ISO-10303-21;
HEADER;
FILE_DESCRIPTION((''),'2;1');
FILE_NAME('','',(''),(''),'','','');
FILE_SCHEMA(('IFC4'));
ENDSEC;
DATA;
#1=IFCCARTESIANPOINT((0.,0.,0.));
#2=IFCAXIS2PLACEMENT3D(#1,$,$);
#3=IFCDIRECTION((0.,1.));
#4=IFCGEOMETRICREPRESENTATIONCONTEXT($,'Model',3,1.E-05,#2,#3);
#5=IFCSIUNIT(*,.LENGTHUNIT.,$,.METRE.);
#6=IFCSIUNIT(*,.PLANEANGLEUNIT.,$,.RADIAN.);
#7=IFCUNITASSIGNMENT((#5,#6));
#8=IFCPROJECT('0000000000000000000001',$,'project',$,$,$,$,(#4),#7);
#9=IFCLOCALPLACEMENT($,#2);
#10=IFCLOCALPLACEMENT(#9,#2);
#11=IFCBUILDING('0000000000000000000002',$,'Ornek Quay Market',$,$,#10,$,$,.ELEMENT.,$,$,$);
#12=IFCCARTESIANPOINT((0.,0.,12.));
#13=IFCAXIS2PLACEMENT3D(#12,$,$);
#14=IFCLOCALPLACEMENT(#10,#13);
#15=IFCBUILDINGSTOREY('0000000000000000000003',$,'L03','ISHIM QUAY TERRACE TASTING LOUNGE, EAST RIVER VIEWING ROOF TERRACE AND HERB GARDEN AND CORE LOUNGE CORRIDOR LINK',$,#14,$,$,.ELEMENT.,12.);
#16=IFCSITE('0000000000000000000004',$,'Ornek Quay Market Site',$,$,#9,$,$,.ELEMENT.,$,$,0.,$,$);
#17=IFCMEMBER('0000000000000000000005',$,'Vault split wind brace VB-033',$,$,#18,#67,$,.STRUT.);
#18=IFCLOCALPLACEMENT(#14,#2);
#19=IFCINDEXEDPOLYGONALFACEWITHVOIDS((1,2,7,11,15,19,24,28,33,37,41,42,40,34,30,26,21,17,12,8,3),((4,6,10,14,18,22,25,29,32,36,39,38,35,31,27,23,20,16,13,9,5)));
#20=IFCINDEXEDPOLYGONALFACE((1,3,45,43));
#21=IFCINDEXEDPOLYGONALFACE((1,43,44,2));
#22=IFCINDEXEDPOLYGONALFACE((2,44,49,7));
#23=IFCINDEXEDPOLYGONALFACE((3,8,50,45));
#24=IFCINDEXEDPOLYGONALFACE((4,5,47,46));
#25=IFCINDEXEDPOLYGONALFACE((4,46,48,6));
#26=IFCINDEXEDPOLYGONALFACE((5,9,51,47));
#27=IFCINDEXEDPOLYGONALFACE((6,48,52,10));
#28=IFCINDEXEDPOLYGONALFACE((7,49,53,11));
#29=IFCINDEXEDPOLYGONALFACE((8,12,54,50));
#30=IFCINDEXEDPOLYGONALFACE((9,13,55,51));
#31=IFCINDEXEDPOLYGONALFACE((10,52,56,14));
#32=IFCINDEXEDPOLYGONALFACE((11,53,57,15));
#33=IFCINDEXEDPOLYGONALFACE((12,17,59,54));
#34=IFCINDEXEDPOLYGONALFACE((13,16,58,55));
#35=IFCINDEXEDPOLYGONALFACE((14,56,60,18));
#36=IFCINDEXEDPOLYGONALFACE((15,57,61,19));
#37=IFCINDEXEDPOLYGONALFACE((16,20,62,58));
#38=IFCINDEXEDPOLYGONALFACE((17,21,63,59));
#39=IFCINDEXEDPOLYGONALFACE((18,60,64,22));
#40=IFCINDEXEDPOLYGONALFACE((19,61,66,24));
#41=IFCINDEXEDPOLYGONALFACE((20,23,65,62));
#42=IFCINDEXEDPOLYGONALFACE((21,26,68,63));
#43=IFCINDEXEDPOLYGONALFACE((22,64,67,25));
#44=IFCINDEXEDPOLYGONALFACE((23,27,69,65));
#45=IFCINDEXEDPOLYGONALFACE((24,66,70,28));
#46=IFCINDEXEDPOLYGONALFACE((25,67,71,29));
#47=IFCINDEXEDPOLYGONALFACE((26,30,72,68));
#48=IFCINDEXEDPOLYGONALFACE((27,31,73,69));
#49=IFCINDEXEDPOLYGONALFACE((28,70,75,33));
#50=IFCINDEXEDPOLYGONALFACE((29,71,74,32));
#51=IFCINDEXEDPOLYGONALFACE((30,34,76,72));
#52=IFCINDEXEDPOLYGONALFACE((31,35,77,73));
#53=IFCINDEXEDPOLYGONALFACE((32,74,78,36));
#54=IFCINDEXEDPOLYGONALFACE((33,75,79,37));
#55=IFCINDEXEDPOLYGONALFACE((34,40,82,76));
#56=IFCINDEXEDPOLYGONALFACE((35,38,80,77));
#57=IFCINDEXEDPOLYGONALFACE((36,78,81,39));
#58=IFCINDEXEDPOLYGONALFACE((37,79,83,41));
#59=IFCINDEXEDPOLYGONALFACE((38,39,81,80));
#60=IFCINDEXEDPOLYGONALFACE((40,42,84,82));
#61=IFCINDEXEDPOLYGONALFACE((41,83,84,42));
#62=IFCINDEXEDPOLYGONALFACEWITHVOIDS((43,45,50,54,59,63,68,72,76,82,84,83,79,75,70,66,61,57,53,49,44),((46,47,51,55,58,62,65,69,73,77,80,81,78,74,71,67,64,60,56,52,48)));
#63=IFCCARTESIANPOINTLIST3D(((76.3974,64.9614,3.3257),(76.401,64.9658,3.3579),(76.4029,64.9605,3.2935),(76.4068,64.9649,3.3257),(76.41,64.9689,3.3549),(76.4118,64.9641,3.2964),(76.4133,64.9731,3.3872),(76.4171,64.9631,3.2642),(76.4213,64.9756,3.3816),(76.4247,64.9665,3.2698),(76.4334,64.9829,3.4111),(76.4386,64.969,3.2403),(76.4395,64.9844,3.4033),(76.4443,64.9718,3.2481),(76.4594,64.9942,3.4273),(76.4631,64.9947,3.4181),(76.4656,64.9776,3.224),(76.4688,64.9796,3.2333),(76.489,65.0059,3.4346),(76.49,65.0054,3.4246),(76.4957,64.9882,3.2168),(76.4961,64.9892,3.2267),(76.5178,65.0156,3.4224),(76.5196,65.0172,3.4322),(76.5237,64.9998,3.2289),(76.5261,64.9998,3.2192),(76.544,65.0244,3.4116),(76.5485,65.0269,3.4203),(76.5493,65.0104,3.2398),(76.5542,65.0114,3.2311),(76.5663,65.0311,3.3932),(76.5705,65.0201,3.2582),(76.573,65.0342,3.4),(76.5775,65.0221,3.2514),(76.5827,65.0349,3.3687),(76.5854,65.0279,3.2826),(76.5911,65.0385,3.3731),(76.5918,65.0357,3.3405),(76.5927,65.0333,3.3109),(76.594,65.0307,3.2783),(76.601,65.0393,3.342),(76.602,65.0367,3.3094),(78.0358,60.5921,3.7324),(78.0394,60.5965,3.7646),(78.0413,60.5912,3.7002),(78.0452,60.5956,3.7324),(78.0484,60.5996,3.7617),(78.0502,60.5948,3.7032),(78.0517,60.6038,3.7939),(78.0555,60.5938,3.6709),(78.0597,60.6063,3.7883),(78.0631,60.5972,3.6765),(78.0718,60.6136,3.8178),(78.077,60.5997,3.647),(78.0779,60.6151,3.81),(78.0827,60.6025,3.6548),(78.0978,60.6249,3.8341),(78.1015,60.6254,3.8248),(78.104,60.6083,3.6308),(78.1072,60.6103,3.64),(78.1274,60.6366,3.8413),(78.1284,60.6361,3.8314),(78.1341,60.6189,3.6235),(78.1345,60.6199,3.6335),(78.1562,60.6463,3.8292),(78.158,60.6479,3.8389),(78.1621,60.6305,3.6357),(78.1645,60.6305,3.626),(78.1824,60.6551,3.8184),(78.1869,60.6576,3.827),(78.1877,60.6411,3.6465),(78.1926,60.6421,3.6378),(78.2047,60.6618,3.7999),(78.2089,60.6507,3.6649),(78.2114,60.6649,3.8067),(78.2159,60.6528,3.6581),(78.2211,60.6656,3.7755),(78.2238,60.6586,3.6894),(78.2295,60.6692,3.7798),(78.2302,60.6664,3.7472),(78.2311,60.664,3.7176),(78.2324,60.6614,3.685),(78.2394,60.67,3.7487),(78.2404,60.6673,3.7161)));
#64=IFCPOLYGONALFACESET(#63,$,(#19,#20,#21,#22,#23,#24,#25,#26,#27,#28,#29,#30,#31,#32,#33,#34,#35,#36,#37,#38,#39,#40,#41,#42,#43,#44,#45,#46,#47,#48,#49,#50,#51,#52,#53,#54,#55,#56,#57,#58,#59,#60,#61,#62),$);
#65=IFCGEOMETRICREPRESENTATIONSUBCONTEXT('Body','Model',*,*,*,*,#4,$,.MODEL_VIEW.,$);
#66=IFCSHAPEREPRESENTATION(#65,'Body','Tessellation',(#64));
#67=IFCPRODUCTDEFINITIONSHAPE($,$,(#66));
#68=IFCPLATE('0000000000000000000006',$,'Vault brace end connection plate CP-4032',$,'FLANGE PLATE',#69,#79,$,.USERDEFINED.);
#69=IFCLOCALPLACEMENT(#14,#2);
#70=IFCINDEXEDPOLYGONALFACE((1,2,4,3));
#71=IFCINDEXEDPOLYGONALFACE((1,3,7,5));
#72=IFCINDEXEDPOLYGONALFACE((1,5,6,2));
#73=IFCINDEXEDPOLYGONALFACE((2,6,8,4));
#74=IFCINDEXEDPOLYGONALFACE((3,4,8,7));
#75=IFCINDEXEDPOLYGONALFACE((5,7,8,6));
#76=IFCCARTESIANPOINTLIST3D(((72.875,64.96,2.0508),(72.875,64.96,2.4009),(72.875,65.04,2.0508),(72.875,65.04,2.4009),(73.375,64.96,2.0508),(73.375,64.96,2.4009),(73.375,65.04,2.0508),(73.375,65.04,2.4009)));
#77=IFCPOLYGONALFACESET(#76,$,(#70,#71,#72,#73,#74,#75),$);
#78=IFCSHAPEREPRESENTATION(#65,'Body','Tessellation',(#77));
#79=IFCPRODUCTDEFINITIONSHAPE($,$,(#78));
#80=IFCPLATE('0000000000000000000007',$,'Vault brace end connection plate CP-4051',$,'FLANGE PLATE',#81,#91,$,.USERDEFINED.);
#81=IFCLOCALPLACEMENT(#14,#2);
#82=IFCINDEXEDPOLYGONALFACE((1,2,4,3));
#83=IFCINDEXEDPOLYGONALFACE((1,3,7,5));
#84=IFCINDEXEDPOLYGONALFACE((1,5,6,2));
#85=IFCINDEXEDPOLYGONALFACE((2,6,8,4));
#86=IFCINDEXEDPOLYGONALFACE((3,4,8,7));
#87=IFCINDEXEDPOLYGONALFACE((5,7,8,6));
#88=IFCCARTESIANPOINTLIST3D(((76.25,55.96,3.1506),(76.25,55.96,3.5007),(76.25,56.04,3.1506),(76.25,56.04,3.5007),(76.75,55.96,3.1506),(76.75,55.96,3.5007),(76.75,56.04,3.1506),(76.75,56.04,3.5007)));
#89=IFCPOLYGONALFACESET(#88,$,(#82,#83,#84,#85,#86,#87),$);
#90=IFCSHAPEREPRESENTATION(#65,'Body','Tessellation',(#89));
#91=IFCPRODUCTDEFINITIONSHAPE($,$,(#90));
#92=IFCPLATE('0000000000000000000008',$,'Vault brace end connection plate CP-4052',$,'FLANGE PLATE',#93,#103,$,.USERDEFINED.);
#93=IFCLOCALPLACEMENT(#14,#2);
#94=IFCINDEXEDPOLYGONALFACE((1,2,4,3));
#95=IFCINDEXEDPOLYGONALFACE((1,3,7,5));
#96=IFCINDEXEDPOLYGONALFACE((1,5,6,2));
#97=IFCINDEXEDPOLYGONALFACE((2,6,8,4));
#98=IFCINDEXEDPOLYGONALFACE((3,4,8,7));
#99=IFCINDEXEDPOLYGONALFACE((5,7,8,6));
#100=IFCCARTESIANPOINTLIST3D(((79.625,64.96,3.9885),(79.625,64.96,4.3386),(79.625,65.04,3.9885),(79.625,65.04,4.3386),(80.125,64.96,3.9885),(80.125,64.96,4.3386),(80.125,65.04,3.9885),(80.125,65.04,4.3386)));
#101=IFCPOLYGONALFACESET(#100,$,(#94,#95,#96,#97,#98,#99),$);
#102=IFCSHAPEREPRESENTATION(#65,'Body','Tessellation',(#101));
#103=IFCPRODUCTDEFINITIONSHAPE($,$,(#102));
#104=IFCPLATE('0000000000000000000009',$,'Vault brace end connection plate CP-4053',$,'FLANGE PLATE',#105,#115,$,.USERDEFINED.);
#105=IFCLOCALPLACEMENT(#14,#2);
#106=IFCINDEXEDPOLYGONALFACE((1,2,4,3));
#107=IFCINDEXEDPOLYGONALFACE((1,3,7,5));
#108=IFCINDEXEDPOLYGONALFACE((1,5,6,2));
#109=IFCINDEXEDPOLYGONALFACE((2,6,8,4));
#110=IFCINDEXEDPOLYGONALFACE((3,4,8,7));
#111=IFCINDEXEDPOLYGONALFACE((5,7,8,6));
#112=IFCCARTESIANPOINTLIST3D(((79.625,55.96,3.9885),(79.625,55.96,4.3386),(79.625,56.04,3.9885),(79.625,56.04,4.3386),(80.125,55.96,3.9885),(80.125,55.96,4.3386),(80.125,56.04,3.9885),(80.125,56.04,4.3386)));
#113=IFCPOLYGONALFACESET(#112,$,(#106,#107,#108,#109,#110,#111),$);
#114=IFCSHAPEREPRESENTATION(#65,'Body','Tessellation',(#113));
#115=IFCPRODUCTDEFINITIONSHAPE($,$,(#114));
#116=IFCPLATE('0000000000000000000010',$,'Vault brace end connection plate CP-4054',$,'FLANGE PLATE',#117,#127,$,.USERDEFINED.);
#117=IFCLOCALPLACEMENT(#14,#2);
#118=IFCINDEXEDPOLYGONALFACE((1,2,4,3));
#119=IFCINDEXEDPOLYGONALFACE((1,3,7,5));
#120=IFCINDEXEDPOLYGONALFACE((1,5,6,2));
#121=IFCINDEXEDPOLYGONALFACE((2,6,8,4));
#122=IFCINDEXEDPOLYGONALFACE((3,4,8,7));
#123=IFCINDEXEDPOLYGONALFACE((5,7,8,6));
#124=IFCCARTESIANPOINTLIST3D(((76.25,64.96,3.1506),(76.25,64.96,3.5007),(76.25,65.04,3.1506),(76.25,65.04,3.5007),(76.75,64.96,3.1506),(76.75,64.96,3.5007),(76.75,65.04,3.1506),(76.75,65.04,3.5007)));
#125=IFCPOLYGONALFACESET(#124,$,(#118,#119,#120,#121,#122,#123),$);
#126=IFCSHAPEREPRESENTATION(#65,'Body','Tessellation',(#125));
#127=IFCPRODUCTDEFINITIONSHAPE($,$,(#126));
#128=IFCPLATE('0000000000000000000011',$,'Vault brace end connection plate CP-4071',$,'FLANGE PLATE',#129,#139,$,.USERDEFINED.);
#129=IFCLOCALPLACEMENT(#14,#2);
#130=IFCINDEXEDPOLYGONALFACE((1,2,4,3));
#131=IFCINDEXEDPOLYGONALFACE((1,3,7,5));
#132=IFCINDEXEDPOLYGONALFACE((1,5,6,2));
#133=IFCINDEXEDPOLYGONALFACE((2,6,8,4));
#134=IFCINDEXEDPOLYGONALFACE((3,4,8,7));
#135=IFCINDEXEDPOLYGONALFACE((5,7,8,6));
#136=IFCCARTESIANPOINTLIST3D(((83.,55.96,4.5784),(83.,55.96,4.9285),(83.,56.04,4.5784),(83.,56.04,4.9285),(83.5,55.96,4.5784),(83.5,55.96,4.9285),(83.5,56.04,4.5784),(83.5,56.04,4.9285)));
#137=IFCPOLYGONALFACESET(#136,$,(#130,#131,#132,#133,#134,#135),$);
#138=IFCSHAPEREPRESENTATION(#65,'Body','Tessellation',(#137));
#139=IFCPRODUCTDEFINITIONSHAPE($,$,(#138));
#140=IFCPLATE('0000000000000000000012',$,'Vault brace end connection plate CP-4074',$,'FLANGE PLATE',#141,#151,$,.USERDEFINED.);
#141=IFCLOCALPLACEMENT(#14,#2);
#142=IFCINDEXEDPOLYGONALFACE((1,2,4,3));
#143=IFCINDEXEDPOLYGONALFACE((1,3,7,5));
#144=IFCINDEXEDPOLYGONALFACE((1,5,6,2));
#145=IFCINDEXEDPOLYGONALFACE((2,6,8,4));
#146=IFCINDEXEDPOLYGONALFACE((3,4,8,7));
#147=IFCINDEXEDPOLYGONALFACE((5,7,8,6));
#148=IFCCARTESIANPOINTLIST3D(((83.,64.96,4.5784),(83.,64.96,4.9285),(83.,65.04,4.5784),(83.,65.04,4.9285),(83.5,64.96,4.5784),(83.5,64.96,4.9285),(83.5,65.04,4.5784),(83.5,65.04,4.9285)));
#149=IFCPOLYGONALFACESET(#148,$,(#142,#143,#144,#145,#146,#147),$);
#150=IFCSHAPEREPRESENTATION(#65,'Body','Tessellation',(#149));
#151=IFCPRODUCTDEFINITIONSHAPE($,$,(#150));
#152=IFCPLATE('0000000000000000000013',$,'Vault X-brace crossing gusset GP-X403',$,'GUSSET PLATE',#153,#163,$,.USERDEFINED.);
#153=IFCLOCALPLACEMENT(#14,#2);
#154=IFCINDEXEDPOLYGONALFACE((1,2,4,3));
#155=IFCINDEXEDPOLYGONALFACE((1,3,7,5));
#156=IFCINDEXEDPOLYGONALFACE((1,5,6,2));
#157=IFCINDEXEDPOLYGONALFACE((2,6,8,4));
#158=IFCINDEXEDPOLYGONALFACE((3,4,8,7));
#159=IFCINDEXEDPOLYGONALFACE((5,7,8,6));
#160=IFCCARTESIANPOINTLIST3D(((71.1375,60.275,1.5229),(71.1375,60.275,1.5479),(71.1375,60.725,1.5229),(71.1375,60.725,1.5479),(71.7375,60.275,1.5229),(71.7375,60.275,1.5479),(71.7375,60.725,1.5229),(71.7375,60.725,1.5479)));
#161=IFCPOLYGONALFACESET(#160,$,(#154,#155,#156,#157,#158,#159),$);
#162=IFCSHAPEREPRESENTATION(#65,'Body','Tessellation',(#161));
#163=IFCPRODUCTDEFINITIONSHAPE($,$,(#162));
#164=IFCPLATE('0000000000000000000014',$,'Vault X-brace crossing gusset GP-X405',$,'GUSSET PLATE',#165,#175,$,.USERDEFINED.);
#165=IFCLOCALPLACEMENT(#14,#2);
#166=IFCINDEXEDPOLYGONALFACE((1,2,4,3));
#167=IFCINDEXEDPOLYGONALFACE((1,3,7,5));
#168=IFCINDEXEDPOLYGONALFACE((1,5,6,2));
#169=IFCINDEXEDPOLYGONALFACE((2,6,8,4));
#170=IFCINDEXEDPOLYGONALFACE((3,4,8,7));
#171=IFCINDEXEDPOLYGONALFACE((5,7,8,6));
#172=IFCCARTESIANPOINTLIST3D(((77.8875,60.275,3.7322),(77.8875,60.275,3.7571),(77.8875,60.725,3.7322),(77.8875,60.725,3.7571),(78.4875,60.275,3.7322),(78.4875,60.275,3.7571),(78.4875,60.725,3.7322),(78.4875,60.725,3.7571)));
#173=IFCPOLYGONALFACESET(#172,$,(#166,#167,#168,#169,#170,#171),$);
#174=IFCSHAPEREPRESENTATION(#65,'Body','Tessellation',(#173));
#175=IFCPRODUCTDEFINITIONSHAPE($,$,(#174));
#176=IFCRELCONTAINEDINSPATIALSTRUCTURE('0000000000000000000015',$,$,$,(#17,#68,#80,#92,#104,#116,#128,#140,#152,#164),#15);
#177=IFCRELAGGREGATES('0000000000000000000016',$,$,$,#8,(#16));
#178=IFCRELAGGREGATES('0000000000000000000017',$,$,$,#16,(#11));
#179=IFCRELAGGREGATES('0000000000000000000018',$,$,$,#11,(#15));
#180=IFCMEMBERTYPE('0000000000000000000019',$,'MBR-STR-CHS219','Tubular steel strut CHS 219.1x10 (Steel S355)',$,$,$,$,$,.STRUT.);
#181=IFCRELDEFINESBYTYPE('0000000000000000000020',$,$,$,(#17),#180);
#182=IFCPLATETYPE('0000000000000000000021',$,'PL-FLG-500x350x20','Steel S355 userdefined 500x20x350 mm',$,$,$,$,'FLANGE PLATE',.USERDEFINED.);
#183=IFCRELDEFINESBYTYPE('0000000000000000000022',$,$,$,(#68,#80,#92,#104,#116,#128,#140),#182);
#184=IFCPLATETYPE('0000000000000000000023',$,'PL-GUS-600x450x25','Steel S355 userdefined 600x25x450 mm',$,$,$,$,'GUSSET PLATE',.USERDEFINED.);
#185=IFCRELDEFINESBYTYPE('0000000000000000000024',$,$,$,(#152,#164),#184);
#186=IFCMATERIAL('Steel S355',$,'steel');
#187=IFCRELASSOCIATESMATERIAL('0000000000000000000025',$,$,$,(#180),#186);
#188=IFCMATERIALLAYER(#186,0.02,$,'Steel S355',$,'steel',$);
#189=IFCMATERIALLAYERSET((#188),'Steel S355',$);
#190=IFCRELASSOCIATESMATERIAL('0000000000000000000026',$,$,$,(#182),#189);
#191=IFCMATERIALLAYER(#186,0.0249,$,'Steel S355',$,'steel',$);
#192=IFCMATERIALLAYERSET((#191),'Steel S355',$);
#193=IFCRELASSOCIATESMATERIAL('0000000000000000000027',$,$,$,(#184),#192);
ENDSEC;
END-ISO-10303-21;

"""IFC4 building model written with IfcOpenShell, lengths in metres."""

from ifc_helpers import new_model, si_unit, direction, frame, origin, origin_2d, place, context, subcontext, project, spatial, rectangle, hollow_circle, extrude, material, layer, layer_set, material_profile, profile_set, type_object, element, save


model = new_model("IFC4")

# Units and contexts
model_context = context("Model", 3, precision=1e-05, world=origin(), true_north=direction((0.0, 1.0)))
body_context = subcontext(model_context, "Body", "Model", "MODEL_VIEW")
ifc_project = project(units=[si_unit("LENGTHUNIT", "METRE"), si_unit("PLANEANGLEUNIT", "RADIAN")], contexts=[model_context])

# Site, building, storey
site_placement = place(None, origin())
site = spatial("IfcSite", under=ifc_project, at=site_placement, Name="Ornek Quay Market Site", CompositionType="ELEMENT", RefElevation=0.0)
building_placement = place(site_placement, origin())
building = spatial("IfcBuilding", under=site, at=building_placement, Name="Ornek Quay Market", CompositionType="ELEMENT")
storey_placement = place(building_placement, frame((0.0, 0.0, 12.0)))
storey = spatial("IfcBuildingStorey", under=building, at=storey_placement, Name="L03", Description="ISHIM QUAY TERRACE TASTING LOUNGE, EAST RIVER VIEWING ROOF TERRACE AND HERB GARDEN AND CORE LOUNGE CORRIDOR LINK", CompositionType="ELEMENT", Elevation=12.0)

# Shared definitions
ifc_material_1 = material(Name="Steel S355", Category="steel")

# Member
ifc_material_profile_1 = material_profile(ifc_material_1, hollow_circle(Radius=0.1096, WallThickness=0.01, at=origin_2d()), Name="CHS 219.1x10", Category="steel")
ifc_profile_set_1 = profile_set([ifc_material_profile_1], Name="Steel S355")
member_type_1 = type_object("IfcMemberType", Name="MBR-STR-CHS219", Description="Tubular steel strut CHS 219.1x10 (Steel S355)", PredefinedType="STRUT", material=ifc_profile_set_1)
for number, where, z_axis, x_axis, name in (
    (1, (78.1384, 60.6306, 3.7324), (-0.34978, 0.932799, -0.086833), (-0.936336, -0.351106, 0.0), "Vault split wind brace VB-033"),
):
    element("IfcMember", number, at=place(storey_placement, frame(where, z_axis=z_axis, x_axis=x_axis)), inside=storey, type_object=member_type_1, Name=name, PredefinedType="STRUT", context=body_context, shape_type="SweptSolid", body=[
        extrude(hollow_circle(Radius=0.1096, WallThickness=0.01, at=origin_2d()), origin(), (0.0, 0.0, 1.0), 4.6841),
    ])

# Plates
ifc_layer_1 = layer(ifc_material_1, 0.02, Name="Steel S355", Category="steel")
ifc_layer_set_1 = layer_set([ifc_layer_1], Name="Steel S355")
plate_type_1 = type_object("IfcPlateType", Name="PL-FLG-500x350x20", Description="Steel S355 userdefined 500x20x350 mm", ElementType="FLANGE PLATE", PredefinedType="USERDEFINED", material=ifc_layer_set_1)
for number, where, z_axis, x_axis, name in (
    (2, (73.125, 65.0, 2.0508), (0.0, 0.0, 1.0), (1.0, 0.0, 0.0), "Vault brace end connection plate CP-4032"),
    (3, (76.5, 56.0, 3.1506), (0.0, 0.0, 1.0), (1.0, 0.0, 0.0), "Vault brace end connection plate CP-4051"),
    (4, (79.875, 65.0, 3.9885), (0.0, 0.0, 1.0), (1.0, 0.0, 0.0), "Vault brace end connection plate CP-4052"),
    (5, (79.875, 56.0, 3.9885), (0.0, 0.0, 1.0), (1.0, 0.0, 0.0), "Vault brace end connection plate CP-4053"),
    (6, (76.5, 65.0, 3.1506), (0.0, 0.0, 1.0), (1.0, 0.0, 0.0), "Vault brace end connection plate CP-4054"),
    (7, (83.25, 56.0, 4.5784), (0.0, 0.0, 1.0), (1.0, 0.0, 0.0), "Vault brace end connection plate CP-4071"),
    (8, (83.25, 65.0, 4.5784), (0.0, 0.0, 1.0), (1.0, 0.0, 0.0), "Vault brace end connection plate CP-4074"),
):
    element("IfcPlate", number, at=place(storey_placement, frame(where, z_axis=z_axis, x_axis=x_axis)), inside=storey, type_object=plate_type_1, Name=name, ObjectType="FLANGE PLATE", PredefinedType="USERDEFINED", context=body_context, shape_type="SweptSolid", body=[
        extrude(rectangle(XDim=0.5, YDim=0.0801, at=origin_2d()), origin(), (0.0, 0.0, 1.0), 0.3501),
    ])
ifc_layer_2 = layer(ifc_material_1, 0.0249, Name="Steel S355", Category="steel")
ifc_layer_set_2 = layer_set([ifc_layer_2], Name="Steel S355")
plate_type_2 = type_object("IfcPlateType", Name="PL-GUS-600x450x25", Description="Steel S355 userdefined 600x25x450 mm", ElementType="GUSSET PLATE", PredefinedType="USERDEFINED", material=ifc_layer_set_2)
for number, where, z_axis, x_axis, name in (
    (9, (71.4375, 60.5, 1.5229), (0.0, 0.0, 1.0), (1.0, 0.0, 0.0), "Vault X-brace crossing gusset GP-X403"),
    (10, (78.1875, 60.5, 3.7322), (0.0, 0.0, 1.0), (1.0, 0.0, 0.0), "Vault X-brace crossing gusset GP-X405"),
):
    element("IfcPlate", number, at=place(storey_placement, frame(where, z_axis=z_axis, x_axis=x_axis)), inside=storey, type_object=plate_type_2, Name=name, ObjectType="GUSSET PLATE", PredefinedType="USERDEFINED", context=body_context, shape_type="SweptSolid", body=[
        extrude(rectangle(XDim=0.6001, YDim=0.45, at=origin_2d()), origin(), (0.0, 0.0, 1.0), 0.0249),
    ])

save(model, "model.ifc")
